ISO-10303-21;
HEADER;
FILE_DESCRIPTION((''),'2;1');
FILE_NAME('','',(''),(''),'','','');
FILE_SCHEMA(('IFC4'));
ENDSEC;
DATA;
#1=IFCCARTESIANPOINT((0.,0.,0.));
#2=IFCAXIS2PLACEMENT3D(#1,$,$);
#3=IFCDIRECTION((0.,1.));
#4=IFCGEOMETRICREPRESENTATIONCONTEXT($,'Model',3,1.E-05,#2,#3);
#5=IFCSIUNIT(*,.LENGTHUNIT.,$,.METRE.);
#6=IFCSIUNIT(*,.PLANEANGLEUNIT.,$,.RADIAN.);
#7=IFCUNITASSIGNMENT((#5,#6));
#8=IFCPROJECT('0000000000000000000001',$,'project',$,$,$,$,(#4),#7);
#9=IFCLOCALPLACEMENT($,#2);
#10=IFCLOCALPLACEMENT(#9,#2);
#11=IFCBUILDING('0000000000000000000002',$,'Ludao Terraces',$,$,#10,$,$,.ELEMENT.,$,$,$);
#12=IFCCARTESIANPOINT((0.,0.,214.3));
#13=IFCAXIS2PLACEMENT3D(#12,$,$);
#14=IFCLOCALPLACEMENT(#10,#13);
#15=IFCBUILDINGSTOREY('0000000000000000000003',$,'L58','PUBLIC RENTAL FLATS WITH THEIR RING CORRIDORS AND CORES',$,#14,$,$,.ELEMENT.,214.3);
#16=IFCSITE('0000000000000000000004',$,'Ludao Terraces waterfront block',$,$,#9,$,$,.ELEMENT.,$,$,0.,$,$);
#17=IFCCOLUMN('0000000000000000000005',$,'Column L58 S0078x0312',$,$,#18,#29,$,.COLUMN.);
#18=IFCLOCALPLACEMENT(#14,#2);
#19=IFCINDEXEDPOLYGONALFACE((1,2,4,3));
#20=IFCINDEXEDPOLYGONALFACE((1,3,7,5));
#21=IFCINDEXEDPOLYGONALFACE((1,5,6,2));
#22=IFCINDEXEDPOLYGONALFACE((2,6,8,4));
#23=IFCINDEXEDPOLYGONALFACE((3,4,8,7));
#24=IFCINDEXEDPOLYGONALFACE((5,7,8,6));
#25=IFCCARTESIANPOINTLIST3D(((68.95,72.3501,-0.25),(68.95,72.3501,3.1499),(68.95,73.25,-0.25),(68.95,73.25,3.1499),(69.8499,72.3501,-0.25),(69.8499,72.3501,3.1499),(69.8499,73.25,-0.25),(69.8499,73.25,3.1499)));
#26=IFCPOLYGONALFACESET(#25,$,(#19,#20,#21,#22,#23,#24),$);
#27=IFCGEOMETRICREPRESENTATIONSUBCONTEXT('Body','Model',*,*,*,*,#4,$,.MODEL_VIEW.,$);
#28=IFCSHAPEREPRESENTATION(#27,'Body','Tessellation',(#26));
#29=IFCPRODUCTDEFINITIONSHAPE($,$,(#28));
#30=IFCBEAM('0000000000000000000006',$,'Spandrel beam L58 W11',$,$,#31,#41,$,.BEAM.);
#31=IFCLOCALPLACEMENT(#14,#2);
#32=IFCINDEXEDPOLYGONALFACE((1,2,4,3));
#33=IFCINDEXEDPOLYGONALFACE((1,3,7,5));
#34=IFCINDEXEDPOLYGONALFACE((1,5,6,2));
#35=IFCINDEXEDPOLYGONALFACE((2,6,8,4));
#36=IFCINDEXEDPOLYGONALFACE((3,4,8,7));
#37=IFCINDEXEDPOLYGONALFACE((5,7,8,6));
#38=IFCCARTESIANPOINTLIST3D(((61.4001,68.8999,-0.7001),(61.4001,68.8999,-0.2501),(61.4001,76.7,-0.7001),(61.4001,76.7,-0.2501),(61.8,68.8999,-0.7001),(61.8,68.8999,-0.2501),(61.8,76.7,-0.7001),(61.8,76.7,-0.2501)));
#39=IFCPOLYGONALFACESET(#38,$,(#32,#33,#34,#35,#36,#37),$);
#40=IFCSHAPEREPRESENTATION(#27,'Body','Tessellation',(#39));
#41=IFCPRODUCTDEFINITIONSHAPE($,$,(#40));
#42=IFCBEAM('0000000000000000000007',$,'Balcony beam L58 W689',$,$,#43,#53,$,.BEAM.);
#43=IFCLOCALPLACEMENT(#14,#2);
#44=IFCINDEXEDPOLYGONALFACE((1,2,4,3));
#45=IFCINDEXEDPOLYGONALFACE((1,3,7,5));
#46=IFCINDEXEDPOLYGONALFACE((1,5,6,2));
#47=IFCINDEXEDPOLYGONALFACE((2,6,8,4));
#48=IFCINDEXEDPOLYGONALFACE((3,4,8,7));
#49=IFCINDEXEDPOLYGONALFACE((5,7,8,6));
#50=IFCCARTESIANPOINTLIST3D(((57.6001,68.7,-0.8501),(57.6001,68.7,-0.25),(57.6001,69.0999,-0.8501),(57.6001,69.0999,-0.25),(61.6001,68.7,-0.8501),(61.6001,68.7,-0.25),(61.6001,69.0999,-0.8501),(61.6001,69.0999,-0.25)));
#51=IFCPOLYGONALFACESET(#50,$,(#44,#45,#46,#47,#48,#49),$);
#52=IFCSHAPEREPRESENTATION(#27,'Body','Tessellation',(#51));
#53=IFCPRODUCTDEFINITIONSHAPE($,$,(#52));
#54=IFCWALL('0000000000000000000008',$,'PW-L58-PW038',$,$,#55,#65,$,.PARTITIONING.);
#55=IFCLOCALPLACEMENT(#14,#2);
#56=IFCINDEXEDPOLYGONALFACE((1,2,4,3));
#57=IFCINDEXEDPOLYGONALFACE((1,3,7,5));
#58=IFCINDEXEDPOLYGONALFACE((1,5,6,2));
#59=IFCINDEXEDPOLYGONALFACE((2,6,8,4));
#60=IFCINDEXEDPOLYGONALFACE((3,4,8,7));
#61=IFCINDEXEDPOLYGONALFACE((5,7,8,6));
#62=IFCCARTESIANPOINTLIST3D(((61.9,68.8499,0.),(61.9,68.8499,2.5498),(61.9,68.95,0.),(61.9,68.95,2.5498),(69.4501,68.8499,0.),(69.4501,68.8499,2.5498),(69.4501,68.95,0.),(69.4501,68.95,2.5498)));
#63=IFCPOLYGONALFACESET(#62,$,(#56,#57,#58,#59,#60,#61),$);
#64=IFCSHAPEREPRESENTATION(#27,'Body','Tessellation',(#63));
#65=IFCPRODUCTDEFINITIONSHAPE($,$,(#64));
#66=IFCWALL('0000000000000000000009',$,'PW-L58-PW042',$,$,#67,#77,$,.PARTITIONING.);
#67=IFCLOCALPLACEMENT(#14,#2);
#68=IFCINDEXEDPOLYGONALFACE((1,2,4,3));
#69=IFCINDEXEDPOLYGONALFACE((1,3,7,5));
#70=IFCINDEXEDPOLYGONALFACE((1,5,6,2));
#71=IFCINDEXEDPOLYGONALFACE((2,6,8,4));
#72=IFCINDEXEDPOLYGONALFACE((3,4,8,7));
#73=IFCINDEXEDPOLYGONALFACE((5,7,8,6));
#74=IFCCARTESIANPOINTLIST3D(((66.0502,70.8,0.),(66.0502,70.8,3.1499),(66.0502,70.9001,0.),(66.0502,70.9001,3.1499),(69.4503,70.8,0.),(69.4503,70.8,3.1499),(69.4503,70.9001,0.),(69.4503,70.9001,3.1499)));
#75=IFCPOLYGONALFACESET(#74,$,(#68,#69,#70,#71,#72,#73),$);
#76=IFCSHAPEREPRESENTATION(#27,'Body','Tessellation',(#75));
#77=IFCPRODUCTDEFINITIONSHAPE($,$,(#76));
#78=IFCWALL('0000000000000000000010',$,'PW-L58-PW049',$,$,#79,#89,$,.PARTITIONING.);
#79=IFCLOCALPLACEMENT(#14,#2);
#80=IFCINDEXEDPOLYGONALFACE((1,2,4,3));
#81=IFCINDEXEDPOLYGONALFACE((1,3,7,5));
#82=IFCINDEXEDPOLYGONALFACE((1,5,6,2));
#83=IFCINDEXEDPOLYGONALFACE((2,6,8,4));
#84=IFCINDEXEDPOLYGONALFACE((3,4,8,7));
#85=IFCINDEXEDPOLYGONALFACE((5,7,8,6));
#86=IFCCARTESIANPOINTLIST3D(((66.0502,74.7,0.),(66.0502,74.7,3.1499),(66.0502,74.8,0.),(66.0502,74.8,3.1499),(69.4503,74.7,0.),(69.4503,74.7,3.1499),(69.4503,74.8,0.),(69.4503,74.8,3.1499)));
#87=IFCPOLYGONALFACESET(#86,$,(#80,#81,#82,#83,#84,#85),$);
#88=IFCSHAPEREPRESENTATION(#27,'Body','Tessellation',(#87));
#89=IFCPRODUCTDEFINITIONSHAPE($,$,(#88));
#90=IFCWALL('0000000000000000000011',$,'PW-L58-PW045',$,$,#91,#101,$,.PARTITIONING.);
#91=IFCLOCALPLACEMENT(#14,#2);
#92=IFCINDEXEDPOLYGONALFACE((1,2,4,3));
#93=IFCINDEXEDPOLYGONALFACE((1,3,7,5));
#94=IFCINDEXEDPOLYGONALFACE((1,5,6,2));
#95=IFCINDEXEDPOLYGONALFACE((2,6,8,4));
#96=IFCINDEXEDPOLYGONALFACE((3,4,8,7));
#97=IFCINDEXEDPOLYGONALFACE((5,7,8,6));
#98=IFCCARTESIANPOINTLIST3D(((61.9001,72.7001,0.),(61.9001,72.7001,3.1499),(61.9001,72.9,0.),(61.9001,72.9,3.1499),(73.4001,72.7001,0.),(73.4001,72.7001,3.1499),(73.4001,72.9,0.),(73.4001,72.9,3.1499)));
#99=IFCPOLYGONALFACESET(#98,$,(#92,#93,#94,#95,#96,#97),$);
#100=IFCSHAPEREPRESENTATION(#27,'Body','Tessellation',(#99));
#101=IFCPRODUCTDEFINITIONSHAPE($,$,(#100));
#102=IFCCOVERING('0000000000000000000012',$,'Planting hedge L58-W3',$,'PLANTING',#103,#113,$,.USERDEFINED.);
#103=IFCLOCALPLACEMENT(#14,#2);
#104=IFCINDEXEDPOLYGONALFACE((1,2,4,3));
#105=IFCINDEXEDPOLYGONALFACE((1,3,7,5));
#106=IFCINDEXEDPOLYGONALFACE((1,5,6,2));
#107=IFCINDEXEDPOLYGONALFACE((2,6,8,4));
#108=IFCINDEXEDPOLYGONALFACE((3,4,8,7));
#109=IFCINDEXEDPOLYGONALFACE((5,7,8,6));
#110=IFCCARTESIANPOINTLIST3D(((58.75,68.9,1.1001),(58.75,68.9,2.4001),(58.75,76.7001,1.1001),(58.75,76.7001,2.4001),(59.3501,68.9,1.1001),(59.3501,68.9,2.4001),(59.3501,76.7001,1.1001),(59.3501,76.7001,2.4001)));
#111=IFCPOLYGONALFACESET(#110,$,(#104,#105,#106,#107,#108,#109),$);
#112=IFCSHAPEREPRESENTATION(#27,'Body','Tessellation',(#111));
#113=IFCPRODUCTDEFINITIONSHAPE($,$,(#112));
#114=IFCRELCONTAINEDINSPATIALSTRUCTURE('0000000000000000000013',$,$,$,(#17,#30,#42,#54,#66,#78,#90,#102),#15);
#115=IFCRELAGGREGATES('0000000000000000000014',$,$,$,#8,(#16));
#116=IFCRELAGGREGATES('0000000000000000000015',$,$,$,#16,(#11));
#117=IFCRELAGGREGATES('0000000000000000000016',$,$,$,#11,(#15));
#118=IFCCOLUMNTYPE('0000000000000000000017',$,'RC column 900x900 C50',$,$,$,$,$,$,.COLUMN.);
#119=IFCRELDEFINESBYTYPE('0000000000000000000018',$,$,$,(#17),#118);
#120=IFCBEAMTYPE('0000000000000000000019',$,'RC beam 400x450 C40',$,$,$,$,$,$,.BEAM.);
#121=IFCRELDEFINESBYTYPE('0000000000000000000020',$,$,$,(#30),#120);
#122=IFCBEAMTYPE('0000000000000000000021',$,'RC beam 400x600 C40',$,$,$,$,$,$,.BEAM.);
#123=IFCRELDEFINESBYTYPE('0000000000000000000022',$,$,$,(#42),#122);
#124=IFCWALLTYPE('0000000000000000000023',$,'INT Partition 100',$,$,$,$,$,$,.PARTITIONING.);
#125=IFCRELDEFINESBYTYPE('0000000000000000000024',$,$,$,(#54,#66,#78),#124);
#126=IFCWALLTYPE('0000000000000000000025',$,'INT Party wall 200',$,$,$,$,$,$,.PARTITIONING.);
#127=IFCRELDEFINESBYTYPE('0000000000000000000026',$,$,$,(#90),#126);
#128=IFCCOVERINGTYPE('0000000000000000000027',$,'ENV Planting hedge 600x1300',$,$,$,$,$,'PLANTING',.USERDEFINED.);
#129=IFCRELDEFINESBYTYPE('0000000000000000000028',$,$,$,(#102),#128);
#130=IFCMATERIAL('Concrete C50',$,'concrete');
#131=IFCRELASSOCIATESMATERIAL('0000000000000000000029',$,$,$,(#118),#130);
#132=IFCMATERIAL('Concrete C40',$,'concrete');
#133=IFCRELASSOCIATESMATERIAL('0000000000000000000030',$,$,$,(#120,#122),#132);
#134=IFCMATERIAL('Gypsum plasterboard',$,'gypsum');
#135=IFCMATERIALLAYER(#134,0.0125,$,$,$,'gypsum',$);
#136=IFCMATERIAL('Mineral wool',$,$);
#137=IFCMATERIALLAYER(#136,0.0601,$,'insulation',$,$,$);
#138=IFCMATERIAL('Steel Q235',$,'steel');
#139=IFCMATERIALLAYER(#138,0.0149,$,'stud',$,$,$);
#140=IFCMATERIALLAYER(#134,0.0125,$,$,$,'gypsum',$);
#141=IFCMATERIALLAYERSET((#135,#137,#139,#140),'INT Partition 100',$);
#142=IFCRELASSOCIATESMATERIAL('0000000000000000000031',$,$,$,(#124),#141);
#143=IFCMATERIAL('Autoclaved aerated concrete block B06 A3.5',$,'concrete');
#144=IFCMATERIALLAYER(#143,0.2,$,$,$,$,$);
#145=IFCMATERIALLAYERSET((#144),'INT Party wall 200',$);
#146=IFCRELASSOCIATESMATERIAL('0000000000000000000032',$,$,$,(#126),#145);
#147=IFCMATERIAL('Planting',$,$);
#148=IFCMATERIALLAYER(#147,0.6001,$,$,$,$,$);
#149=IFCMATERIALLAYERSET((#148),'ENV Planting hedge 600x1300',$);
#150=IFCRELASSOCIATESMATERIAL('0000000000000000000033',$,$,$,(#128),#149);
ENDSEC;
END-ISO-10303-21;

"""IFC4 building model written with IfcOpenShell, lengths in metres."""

from ifc_helpers import new_model, si_unit, direction, frame, frame_2d, origin, origin_2d, place, context, subcontext, project, spatial, rectangle, extrude, material, layer, layer_set, material_profile, profile_set, type_object, element, save


model = new_model("IFC4")

# Units and contexts
model_context = context("Model", 3, precision=1e-05, world=origin(), true_north=direction((0.0, 1.0)))
body_context = subcontext(model_context, "Body", "Model", "MODEL_VIEW")
ifc_project = project(units=[si_unit("LENGTHUNIT", "METRE"), si_unit("PLANEANGLEUNIT", "RADIAN")], contexts=[model_context])

# Site, building, storey
site_placement = place(None, origin())
site = spatial("IfcSite", under=ifc_project, at=site_placement, Name="Ludao Terraces waterfront block", CompositionType="ELEMENT", RefElevation=0.0)
building_placement = place(site_placement, origin())
building = spatial("IfcBuilding", under=site, at=building_placement, Name="Ludao Terraces", CompositionType="ELEMENT")
storey_placement = place(building_placement, frame((0.0, 0.0, 214.3)))
storey = spatial("IfcBuildingStorey", under=building, at=storey_placement, Name="L58", Description="PUBLIC RENTAL FLATS WITH THEIR RING CORRIDORS AND CORES", CompositionType="ELEMENT", Elevation=214.3)

# Column
ifc_material_1 = material(Name="Concrete C50", Category="concrete")
ifc_material_profile_1 = material_profile(ifc_material_1, rectangle(XDim=0.8999, YDim=0.8999, at=origin_2d()), Name="900 X 900")
ifc_profile_set_1 = profile_set([ifc_material_profile_1], Name="Concrete C50")
column_type = type_object("IfcColumnType", Name="RC column 900x900 C50", PredefinedType="COLUMN", material=ifc_profile_set_1)
column_placement = place(storey_placement, frame((69.3999, 72.8, -0.25), z_axis=(0.0, 0.0, 1.0), x_axis=(1.0, 0.0, 0.0)))
element("IfcColumn", 1, at=column_placement, inside=storey, type_object=column_type, Name="Column L58 S0078x0312", PredefinedType="COLUMN", context=body_context, shape_type="SweptSolid", body=[
    extrude(rectangle(XDim=0.8999, YDim=0.8999, at=origin_2d()), origin(), (0.0, 0.0, 1.0), 3.3999),
])

# Beams
ifc_material_2 = material(Name="Concrete C40", Category="concrete")
ifc_material_profile_2 = material_profile(ifc_material_2, rectangle(XDim=0.3999, YDim=0.45, at=origin_2d()), Name="400 X 450")
ifc_profile_set_2 = profile_set([ifc_material_profile_2], Name="Concrete C40")
beam_type_1 = type_object("IfcBeamType", Name="RC beam 400x450 C40", PredefinedType="BEAM", material=ifc_profile_set_2)
beam_1_placement = place(storey_placement, frame((61.6001, 68.8999, -0.4751), z_axis=(0.0, 1.0, 0.0), x_axis=(-1.0, 0.0, 0.0)))
element("IfcBeam", 2, at=beam_1_placement, inside=storey, type_object=beam_type_1, Name="Spandrel beam L58 W11", PredefinedType="BEAM", context=body_context, shape_type="SweptSolid", body=[
    extrude(rectangle(XDim=0.3999, YDim=0.45, at=origin_2d()), origin(), (0.0, 0.0, 1.0), 7.8),
])
ifc_material_profile_3 = material_profile(ifc_material_2, rectangle(XDim=0.3999, YDim=0.6001, at=origin_2d()), Name="400 X 600")
ifc_profile_set_3 = profile_set([ifc_material_profile_3], Name="Concrete C40")
beam_type_2 = type_object("IfcBeamType", Name="RC beam 400x600 C40", PredefinedType="BEAM", material=ifc_profile_set_3)
beam_2_placement = place(storey_placement, frame((61.6001, 68.8999, -0.55), z_axis=(-1.0, 0.0, 0.0), x_axis=(0.0, -1.0, 0.0)))
element("IfcBeam", 3, at=beam_2_placement, inside=storey, type_object=beam_type_2, Name="Balcony beam L58 W689", PredefinedType="BEAM", context=body_context, shape_type="SweptSolid", body=[
    extrude(rectangle(XDim=0.3999, YDim=0.6001, at=origin_2d()), origin(), (0.0, 0.0, 1.0), 4.0),
])

# Shared definitions
ifc_material_3 = material(Name="Mineral wool")

# Walls
ifc_material_4 = material(Name="Gypsum plasterboard", Category="gypsum")
ifc_layer_1 = layer(ifc_material_4, 0.0125, Category="gypsum")
ifc_layer_2 = layer(ifc_material_3, 0.0601, Name="insulation")
ifc_material_5 = material(Name="Steel Q235", Category="steel")
ifc_layer_3 = layer(ifc_material_5, 0.0149, Name="stud")
ifc_layer_4 = layer(ifc_material_4, 0.0125, Category="gypsum")
ifc_layer_set_1 = layer_set([ifc_layer_1, ifc_layer_2, ifc_layer_3, ifc_layer_4], Name="INT Partition 100")
wall_type_1 = type_object("IfcWallType", Name="INT Partition 100", PredefinedType="PARTITIONING", material=ifc_layer_set_1)
wall_1_placement = place(storey_placement, frame((61.9001, 68.8999, 0.0), z_axis=(0.0, 0.0, 1.0), x_axis=(1.0, 0.0, 0.0)))
element("IfcWall", 4, at=wall_1_placement, inside=storey, type_object=wall_type_1, Name="PW-L58-PW038", PredefinedType="PARTITIONING", context=body_context, shape_type="SweptSolid", body=[
    extrude(rectangle(XDim=7.55, YDim=0.1001, at=frame_2d((3.7749, 0.0))), origin(), (0.0, 0.0, 1.0), 2.5498),
])
for number, where, z_axis, x_axis, name in (
    (5, (66.05, 70.8501, 0.0), (0.0, 0.0, 1.0), (1.0, 0.0, 0.0), "PW-L58-PW042"),
    (6, (66.05, 74.75, 0.0), (0.0, 0.0, 1.0), (1.0, 0.0, 0.0), "PW-L58-PW049"),
):
    element("IfcWall", number, at=place(storey_placement, frame(where, z_axis=z_axis, x_axis=x_axis)), inside=storey, type_object=wall_type_1, Name=name, PredefinedType="PARTITIONING", context=body_context, shape_type="SweptSolid", body=[
        extrude(rectangle(XDim=3.4001, YDim=0.1001, at=frame_2d((1.7002, 0.0))), origin(), (0.0, 0.0, 1.0), 3.1499),
    ])
ifc_material_6 = material(Name="Autoclaved aerated concrete block B06 A3.5", Category="concrete")
ifc_layer_5 = layer(ifc_material_6, 0.2)
ifc_layer_set_2 = layer_set([ifc_layer_5], Name="INT Party wall 200")
wall_type_2 = type_object("IfcWallType", Name="INT Party wall 200", PredefinedType="PARTITIONING", material=ifc_layer_set_2)
wall_2_placement = place(storey_placement, frame((61.9001, 72.8, 0.0), z_axis=(0.0, 0.0, 1.0), x_axis=(1.0, 0.0, 0.0)))
element("IfcWall", 7, at=wall_2_placement, inside=storey, type_object=wall_type_2, Name="PW-L58-PW045", PredefinedType="PARTITIONING", context=body_context, shape_type="SweptSolid", body=[
    extrude(rectangle(XDim=11.5, YDim=0.2, at=frame_2d((5.75, 0.0))), origin(), (0.0, 0.0, 1.0), 3.1499),
])

# Covering
ifc_material_7 = material(Name="Planting")
ifc_layer_6 = layer(ifc_material_7, 0.6001)
ifc_layer_set_3 = layer_set([ifc_layer_6], Name="ENV Planting hedge 600x1300")
covering_type = type_object("IfcCoveringType", Name="ENV Planting hedge 600x1300", ElementType="PLANTING", PredefinedType="USERDEFINED", material=ifc_layer_set_3)
covering_placement = place(storey_placement, frame((59.05, 72.8, 1.1001), z_axis=(0.0, 0.0, 1.0), x_axis=(1.0, 0.0, 0.0)))
element("IfcCovering", 8, at=covering_placement, inside=storey, type_object=covering_type, Name="Planting hedge L58-W3", ObjectType="PLANTING", PredefinedType="USERDEFINED", context=body_context, shape_type="SweptSolid", body=[
    extrude(rectangle(XDim=0.6001, YDim=7.8, at=origin_2d()), origin(), (0.0, 0.0, 1.0), 1.3),
])

save(model, "model.ifc")
